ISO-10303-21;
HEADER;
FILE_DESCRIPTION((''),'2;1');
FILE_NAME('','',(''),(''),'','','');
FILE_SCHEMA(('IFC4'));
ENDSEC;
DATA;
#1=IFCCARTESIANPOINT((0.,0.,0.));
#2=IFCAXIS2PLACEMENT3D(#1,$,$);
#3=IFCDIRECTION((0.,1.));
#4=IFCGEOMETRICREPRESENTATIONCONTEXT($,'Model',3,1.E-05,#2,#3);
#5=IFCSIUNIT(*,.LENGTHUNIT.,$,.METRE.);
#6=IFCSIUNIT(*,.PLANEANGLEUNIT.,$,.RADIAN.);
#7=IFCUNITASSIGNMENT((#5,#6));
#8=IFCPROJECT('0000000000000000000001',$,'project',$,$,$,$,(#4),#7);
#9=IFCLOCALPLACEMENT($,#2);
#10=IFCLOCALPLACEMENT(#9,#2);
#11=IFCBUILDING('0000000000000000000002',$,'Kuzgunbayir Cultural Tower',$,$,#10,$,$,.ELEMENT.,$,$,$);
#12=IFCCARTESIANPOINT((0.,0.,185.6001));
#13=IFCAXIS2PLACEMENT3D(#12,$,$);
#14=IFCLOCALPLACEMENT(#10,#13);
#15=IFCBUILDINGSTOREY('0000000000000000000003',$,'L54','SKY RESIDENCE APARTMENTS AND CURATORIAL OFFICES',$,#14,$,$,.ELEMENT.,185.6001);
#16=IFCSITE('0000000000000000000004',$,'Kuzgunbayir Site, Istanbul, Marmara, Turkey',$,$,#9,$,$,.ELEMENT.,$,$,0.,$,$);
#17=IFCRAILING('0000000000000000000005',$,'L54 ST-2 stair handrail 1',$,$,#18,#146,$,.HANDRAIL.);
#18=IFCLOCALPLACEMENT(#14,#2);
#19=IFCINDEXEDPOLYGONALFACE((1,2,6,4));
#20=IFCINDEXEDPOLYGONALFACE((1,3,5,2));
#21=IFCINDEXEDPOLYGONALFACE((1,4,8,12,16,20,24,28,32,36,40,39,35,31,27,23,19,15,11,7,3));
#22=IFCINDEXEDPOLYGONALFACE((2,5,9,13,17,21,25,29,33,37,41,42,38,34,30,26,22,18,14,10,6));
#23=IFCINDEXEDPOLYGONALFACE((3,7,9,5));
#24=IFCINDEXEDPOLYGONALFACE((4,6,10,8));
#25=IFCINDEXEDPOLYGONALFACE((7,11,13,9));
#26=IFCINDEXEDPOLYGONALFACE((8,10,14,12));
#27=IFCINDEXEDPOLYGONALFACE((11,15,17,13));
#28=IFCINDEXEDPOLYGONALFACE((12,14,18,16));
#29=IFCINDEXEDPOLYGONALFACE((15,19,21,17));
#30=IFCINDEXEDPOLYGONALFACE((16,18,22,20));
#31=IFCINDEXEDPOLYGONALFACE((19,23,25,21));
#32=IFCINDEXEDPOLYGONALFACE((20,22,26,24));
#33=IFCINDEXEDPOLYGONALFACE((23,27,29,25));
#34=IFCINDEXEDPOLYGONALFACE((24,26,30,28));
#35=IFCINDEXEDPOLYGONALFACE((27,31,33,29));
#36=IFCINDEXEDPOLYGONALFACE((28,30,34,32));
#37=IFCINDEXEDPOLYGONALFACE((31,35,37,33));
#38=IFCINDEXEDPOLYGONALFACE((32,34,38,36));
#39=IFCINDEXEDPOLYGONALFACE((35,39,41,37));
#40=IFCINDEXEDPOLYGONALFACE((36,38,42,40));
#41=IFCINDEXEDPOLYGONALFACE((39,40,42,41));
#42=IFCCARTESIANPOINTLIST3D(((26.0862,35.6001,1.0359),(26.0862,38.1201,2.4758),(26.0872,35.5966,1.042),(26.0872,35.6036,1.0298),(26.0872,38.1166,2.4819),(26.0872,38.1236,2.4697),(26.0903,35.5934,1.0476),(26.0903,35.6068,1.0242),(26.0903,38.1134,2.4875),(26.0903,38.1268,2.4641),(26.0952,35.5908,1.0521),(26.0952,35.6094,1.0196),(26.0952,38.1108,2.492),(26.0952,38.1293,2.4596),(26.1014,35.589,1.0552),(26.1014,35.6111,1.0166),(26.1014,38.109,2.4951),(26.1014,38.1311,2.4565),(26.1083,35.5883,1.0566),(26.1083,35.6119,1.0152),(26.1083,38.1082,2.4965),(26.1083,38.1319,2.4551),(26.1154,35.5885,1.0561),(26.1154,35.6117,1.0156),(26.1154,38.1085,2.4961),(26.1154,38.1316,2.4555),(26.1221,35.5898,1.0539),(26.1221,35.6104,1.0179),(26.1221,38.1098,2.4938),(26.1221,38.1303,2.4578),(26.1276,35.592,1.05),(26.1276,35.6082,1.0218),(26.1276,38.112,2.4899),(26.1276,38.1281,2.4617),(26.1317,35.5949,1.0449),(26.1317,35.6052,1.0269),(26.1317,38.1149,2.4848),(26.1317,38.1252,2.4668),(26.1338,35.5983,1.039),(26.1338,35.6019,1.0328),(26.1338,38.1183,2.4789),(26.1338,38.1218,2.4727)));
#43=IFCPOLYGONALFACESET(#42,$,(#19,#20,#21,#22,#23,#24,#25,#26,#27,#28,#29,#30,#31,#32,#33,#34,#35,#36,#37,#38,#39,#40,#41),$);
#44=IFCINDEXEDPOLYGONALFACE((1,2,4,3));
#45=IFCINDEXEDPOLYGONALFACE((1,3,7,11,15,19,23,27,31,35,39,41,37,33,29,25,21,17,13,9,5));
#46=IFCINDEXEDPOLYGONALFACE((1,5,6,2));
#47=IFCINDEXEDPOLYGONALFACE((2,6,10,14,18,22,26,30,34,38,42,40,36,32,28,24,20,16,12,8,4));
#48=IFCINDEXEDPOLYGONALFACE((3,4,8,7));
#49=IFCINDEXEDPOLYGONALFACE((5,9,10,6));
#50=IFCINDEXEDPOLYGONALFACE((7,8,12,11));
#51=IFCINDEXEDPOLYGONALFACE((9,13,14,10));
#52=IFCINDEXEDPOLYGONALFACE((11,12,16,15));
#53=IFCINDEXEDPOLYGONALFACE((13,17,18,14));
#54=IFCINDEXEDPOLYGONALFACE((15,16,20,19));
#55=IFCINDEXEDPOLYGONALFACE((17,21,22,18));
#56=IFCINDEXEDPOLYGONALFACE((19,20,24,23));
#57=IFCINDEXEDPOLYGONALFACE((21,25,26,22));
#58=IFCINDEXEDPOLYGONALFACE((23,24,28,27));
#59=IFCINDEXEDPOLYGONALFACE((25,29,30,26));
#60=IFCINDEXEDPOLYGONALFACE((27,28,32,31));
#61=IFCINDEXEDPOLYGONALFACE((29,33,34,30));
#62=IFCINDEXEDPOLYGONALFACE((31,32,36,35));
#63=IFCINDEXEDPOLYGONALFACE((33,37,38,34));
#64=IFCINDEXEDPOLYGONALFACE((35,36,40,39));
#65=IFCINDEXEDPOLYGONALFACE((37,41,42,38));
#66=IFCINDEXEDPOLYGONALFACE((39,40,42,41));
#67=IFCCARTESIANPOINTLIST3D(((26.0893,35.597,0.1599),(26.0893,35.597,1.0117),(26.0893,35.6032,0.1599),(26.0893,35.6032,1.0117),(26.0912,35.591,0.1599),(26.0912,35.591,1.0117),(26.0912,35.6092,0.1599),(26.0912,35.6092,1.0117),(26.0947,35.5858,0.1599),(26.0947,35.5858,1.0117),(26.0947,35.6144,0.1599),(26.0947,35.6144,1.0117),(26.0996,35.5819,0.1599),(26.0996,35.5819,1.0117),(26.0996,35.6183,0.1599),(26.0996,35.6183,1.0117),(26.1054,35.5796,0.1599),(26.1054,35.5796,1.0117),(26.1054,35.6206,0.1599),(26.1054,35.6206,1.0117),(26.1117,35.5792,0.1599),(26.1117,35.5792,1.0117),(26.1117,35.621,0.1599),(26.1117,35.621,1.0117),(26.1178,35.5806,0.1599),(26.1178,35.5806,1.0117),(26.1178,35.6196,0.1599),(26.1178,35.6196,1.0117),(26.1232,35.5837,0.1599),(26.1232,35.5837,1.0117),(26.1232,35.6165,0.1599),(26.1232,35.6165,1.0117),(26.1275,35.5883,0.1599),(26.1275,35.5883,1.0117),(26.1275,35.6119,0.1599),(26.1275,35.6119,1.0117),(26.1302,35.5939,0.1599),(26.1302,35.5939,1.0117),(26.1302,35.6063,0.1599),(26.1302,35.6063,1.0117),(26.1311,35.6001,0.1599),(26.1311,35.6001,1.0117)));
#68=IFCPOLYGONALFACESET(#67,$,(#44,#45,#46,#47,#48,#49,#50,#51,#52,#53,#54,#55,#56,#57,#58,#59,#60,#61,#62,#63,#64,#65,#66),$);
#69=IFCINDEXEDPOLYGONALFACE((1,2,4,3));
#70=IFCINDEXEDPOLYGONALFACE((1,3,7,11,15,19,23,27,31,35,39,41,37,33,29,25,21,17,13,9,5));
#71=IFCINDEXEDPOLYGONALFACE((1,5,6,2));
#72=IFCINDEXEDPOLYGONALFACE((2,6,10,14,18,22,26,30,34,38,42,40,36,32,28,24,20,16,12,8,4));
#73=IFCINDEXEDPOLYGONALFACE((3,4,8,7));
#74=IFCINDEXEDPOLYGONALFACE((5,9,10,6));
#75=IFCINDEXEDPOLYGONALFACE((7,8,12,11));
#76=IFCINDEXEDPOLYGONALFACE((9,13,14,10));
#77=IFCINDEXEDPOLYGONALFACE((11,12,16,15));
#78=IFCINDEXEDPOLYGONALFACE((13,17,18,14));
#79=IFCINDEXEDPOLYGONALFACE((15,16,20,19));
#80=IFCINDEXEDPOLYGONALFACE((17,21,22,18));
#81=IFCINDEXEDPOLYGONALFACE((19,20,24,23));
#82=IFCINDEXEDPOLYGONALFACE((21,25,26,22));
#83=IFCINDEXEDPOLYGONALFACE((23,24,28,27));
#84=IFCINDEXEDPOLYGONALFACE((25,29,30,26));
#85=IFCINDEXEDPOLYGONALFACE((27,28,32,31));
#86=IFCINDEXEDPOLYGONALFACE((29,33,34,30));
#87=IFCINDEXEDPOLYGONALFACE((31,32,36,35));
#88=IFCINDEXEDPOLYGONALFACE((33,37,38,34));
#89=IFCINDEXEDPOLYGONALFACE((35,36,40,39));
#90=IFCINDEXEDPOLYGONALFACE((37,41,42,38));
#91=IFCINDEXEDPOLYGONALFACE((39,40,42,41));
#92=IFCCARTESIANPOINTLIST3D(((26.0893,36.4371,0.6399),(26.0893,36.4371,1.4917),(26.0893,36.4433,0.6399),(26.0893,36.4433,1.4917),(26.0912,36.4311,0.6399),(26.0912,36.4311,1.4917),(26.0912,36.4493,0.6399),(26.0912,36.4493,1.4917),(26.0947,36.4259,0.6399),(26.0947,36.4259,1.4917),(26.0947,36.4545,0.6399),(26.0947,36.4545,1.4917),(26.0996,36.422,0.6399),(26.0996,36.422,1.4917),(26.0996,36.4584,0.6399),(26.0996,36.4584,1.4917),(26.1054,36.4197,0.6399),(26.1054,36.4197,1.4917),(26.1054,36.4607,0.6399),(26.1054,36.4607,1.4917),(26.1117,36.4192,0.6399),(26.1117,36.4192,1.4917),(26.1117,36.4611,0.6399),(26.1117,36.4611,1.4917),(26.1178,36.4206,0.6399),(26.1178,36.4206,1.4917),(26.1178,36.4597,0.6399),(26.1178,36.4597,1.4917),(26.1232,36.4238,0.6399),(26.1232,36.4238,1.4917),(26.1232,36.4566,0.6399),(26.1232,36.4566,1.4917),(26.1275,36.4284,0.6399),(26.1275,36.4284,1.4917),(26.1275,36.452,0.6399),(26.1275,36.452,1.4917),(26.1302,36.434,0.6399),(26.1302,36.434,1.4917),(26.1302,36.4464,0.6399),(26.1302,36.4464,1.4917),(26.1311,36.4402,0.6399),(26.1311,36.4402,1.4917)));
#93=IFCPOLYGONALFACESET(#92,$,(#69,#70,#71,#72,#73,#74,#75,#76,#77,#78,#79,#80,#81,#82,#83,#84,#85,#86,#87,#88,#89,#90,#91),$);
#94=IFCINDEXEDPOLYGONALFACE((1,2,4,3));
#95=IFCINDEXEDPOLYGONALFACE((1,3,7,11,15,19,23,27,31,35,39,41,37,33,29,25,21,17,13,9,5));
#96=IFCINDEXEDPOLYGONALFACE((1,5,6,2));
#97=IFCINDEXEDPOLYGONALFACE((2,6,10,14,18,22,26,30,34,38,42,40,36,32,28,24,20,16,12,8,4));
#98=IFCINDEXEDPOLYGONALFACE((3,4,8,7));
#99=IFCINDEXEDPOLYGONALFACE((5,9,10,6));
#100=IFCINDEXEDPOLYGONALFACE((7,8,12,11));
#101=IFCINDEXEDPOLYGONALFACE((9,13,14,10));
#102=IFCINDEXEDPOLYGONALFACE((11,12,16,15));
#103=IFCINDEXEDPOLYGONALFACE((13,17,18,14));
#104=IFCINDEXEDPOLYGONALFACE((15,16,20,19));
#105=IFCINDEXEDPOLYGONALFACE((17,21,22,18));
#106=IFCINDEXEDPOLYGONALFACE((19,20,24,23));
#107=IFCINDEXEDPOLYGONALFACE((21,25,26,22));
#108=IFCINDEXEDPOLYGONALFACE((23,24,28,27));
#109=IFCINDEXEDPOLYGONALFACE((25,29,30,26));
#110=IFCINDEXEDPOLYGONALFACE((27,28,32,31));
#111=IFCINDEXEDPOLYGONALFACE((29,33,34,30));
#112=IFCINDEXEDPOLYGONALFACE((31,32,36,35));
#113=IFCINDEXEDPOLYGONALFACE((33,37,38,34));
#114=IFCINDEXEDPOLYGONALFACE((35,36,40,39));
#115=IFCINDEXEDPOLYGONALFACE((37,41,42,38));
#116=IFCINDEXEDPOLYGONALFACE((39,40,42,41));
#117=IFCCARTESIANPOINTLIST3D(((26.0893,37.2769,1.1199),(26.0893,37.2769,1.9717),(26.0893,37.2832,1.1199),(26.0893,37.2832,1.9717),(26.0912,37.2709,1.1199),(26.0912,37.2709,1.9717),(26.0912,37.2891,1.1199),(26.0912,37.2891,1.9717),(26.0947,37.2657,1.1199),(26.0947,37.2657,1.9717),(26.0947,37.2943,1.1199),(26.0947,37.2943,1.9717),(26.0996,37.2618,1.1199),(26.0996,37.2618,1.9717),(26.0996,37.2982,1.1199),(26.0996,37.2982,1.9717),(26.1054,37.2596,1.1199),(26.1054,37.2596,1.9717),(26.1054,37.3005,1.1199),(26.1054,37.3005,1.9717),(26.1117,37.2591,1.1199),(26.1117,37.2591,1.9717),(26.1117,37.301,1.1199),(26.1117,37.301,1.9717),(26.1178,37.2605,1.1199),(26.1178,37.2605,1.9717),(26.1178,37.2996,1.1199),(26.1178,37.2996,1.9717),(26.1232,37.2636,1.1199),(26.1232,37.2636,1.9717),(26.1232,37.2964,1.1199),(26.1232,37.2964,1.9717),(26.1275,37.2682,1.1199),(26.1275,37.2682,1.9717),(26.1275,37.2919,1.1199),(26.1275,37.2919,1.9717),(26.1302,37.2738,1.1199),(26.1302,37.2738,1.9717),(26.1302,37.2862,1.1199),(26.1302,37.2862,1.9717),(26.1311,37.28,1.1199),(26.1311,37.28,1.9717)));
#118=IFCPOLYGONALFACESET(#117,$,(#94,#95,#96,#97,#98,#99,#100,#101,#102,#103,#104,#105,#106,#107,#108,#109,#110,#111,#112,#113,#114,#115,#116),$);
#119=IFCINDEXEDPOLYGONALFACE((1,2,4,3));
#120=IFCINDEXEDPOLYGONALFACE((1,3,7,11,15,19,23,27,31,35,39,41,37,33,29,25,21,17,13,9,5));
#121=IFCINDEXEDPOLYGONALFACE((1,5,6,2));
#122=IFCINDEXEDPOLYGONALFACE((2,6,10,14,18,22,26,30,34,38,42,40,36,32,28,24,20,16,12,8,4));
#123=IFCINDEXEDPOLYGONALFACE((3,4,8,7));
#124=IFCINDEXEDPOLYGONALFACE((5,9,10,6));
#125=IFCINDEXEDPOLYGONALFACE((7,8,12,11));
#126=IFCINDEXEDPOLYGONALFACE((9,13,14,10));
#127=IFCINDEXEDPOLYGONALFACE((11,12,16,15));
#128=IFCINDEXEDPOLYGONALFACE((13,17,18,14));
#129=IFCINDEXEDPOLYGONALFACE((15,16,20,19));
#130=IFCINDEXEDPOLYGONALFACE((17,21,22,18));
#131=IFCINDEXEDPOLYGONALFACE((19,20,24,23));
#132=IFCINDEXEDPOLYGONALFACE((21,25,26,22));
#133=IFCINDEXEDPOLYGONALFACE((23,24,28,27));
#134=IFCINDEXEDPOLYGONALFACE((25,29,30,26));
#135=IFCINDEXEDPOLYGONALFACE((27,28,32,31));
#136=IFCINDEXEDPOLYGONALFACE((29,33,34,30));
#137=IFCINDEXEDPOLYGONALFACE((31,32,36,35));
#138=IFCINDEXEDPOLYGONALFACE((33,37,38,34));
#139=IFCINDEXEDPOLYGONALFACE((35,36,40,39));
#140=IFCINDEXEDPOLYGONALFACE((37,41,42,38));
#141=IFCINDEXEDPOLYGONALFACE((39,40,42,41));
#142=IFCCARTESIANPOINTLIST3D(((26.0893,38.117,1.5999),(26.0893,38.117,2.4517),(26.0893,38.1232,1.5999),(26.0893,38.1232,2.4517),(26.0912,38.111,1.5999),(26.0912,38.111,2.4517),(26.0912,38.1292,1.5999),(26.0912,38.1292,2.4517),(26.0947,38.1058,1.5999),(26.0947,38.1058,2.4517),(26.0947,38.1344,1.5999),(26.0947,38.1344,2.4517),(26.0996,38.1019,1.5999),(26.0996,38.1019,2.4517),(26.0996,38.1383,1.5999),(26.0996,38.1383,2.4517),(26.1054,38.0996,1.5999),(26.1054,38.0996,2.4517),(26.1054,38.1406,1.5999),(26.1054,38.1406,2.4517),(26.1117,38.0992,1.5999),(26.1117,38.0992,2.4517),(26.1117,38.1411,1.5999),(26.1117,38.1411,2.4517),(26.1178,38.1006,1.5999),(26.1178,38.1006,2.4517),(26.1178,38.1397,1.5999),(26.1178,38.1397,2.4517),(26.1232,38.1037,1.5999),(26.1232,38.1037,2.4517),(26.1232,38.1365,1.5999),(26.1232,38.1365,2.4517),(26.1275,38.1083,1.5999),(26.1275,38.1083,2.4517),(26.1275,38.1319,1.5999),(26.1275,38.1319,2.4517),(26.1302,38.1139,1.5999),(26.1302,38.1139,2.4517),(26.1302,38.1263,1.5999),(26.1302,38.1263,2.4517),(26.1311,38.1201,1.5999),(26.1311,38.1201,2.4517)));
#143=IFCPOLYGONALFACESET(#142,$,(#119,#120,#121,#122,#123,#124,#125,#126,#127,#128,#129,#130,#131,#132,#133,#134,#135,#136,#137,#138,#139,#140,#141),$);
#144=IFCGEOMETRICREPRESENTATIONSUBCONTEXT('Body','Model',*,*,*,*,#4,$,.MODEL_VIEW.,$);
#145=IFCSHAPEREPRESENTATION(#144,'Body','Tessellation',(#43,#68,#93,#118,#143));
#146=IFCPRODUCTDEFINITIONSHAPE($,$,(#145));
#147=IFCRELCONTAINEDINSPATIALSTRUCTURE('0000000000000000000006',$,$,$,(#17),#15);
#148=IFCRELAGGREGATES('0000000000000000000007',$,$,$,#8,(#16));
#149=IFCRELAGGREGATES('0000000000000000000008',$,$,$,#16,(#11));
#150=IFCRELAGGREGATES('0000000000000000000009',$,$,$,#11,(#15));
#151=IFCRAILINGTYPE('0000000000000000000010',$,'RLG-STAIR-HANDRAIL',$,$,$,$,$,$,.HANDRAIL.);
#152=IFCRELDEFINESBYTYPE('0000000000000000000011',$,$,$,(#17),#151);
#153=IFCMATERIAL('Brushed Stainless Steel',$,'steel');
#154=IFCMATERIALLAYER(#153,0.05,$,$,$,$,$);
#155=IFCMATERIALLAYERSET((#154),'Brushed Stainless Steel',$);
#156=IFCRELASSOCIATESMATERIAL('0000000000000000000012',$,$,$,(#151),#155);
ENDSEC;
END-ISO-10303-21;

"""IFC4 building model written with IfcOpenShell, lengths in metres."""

from ifc_helpers import new_model, si_unit, direction, frame, origin, origin_2d, place, context, subcontext, project, spatial, circle, extrude, material, layer, layer_set, type_object, element, save


model = new_model("IFC4")

# Units and contexts
model_context = context("Model", 3, precision=1e-05, world=origin(), true_north=direction((0.0, 1.0)))
body_context = subcontext(model_context, "Body", "Model", "MODEL_VIEW")
ifc_project = project(units=[si_unit("LENGTHUNIT", "METRE"), si_unit("PLANEANGLEUNIT", "RADIAN")], contexts=[model_context])

# Site, building, storey
site_placement = place(None, origin())
site = spatial("IfcSite", under=ifc_project, at=site_placement, Name="Kuzgunbayir Site, Istanbul, Marmara, Turkey", CompositionType="ELEMENT", RefElevation=0.0)
building_placement = place(site_placement, origin())
building = spatial("IfcBuilding", under=site, at=building_placement, Name="Kuzgunbayir Cultural Tower", CompositionType="ELEMENT")
storey_placement = place(building_placement, frame((0.0, 0.0, 185.6001)))
storey = spatial("IfcBuildingStorey", under=building, at=storey_placement, Name="L54", Description="SKY RESIDENCE APARTMENTS AND CURATORIAL OFFICES", CompositionType="ELEMENT", Elevation=185.6001)

# Shared definitions
ifc_material_1 = material(Name="Brushed Stainless Steel", Category="steel")

# Railing
ifc_layer_1 = layer(ifc_material_1, 0.05)
ifc_layer_set_1 = layer_set([ifc_layer_1], Name="Brushed Stainless Steel")
railing_type_1 = type_object("IfcRailingType", Name="RLG-STAIR-HANDRAIL", PredefinedType="HANDRAIL", material=ifc_layer_set_1)
railing_1_placement = place(storey_placement, frame((26.1101, 35.6001, 0.1599)))
element("IfcRailing", 1, at=railing_1_placement, inside=storey, type_object=railing_type_1, Name="L54 ST-2 stair handrail 1", PredefinedType="HANDRAIL", context=body_context, shape_type="SweptSolid", body=[
    extrude(circle(Radius=0.0239, at=origin_2d()), frame((0.0, 0.0, 0.876), z_axis=(0.0, 0.868253, 0.496121), x_axis=(-1.0, 0.0, 0.0)), (0.0, 0.0, 1.0), 2.9023),
    extrude(circle(Radius=0.021, at=origin_2d()), origin(), (0.0, 0.0, 1.0), 0.8518),
    extrude(circle(Radius=0.021, at=origin_2d()), frame((0.0, 0.8401, 0.48)), (0.0, 0.0, 1.0), 0.8518),
    extrude(circle(Radius=0.021, at=origin_2d()), frame((0.0, 1.6799, 0.96)), (0.0, 0.0, 1.0), 0.8518),
    extrude(circle(Radius=0.021, at=origin_2d()), frame((0.0, 2.52, 1.4399)), (0.0, 0.0, 1.0), 0.8518),
])

save(model, "model.ifc")
